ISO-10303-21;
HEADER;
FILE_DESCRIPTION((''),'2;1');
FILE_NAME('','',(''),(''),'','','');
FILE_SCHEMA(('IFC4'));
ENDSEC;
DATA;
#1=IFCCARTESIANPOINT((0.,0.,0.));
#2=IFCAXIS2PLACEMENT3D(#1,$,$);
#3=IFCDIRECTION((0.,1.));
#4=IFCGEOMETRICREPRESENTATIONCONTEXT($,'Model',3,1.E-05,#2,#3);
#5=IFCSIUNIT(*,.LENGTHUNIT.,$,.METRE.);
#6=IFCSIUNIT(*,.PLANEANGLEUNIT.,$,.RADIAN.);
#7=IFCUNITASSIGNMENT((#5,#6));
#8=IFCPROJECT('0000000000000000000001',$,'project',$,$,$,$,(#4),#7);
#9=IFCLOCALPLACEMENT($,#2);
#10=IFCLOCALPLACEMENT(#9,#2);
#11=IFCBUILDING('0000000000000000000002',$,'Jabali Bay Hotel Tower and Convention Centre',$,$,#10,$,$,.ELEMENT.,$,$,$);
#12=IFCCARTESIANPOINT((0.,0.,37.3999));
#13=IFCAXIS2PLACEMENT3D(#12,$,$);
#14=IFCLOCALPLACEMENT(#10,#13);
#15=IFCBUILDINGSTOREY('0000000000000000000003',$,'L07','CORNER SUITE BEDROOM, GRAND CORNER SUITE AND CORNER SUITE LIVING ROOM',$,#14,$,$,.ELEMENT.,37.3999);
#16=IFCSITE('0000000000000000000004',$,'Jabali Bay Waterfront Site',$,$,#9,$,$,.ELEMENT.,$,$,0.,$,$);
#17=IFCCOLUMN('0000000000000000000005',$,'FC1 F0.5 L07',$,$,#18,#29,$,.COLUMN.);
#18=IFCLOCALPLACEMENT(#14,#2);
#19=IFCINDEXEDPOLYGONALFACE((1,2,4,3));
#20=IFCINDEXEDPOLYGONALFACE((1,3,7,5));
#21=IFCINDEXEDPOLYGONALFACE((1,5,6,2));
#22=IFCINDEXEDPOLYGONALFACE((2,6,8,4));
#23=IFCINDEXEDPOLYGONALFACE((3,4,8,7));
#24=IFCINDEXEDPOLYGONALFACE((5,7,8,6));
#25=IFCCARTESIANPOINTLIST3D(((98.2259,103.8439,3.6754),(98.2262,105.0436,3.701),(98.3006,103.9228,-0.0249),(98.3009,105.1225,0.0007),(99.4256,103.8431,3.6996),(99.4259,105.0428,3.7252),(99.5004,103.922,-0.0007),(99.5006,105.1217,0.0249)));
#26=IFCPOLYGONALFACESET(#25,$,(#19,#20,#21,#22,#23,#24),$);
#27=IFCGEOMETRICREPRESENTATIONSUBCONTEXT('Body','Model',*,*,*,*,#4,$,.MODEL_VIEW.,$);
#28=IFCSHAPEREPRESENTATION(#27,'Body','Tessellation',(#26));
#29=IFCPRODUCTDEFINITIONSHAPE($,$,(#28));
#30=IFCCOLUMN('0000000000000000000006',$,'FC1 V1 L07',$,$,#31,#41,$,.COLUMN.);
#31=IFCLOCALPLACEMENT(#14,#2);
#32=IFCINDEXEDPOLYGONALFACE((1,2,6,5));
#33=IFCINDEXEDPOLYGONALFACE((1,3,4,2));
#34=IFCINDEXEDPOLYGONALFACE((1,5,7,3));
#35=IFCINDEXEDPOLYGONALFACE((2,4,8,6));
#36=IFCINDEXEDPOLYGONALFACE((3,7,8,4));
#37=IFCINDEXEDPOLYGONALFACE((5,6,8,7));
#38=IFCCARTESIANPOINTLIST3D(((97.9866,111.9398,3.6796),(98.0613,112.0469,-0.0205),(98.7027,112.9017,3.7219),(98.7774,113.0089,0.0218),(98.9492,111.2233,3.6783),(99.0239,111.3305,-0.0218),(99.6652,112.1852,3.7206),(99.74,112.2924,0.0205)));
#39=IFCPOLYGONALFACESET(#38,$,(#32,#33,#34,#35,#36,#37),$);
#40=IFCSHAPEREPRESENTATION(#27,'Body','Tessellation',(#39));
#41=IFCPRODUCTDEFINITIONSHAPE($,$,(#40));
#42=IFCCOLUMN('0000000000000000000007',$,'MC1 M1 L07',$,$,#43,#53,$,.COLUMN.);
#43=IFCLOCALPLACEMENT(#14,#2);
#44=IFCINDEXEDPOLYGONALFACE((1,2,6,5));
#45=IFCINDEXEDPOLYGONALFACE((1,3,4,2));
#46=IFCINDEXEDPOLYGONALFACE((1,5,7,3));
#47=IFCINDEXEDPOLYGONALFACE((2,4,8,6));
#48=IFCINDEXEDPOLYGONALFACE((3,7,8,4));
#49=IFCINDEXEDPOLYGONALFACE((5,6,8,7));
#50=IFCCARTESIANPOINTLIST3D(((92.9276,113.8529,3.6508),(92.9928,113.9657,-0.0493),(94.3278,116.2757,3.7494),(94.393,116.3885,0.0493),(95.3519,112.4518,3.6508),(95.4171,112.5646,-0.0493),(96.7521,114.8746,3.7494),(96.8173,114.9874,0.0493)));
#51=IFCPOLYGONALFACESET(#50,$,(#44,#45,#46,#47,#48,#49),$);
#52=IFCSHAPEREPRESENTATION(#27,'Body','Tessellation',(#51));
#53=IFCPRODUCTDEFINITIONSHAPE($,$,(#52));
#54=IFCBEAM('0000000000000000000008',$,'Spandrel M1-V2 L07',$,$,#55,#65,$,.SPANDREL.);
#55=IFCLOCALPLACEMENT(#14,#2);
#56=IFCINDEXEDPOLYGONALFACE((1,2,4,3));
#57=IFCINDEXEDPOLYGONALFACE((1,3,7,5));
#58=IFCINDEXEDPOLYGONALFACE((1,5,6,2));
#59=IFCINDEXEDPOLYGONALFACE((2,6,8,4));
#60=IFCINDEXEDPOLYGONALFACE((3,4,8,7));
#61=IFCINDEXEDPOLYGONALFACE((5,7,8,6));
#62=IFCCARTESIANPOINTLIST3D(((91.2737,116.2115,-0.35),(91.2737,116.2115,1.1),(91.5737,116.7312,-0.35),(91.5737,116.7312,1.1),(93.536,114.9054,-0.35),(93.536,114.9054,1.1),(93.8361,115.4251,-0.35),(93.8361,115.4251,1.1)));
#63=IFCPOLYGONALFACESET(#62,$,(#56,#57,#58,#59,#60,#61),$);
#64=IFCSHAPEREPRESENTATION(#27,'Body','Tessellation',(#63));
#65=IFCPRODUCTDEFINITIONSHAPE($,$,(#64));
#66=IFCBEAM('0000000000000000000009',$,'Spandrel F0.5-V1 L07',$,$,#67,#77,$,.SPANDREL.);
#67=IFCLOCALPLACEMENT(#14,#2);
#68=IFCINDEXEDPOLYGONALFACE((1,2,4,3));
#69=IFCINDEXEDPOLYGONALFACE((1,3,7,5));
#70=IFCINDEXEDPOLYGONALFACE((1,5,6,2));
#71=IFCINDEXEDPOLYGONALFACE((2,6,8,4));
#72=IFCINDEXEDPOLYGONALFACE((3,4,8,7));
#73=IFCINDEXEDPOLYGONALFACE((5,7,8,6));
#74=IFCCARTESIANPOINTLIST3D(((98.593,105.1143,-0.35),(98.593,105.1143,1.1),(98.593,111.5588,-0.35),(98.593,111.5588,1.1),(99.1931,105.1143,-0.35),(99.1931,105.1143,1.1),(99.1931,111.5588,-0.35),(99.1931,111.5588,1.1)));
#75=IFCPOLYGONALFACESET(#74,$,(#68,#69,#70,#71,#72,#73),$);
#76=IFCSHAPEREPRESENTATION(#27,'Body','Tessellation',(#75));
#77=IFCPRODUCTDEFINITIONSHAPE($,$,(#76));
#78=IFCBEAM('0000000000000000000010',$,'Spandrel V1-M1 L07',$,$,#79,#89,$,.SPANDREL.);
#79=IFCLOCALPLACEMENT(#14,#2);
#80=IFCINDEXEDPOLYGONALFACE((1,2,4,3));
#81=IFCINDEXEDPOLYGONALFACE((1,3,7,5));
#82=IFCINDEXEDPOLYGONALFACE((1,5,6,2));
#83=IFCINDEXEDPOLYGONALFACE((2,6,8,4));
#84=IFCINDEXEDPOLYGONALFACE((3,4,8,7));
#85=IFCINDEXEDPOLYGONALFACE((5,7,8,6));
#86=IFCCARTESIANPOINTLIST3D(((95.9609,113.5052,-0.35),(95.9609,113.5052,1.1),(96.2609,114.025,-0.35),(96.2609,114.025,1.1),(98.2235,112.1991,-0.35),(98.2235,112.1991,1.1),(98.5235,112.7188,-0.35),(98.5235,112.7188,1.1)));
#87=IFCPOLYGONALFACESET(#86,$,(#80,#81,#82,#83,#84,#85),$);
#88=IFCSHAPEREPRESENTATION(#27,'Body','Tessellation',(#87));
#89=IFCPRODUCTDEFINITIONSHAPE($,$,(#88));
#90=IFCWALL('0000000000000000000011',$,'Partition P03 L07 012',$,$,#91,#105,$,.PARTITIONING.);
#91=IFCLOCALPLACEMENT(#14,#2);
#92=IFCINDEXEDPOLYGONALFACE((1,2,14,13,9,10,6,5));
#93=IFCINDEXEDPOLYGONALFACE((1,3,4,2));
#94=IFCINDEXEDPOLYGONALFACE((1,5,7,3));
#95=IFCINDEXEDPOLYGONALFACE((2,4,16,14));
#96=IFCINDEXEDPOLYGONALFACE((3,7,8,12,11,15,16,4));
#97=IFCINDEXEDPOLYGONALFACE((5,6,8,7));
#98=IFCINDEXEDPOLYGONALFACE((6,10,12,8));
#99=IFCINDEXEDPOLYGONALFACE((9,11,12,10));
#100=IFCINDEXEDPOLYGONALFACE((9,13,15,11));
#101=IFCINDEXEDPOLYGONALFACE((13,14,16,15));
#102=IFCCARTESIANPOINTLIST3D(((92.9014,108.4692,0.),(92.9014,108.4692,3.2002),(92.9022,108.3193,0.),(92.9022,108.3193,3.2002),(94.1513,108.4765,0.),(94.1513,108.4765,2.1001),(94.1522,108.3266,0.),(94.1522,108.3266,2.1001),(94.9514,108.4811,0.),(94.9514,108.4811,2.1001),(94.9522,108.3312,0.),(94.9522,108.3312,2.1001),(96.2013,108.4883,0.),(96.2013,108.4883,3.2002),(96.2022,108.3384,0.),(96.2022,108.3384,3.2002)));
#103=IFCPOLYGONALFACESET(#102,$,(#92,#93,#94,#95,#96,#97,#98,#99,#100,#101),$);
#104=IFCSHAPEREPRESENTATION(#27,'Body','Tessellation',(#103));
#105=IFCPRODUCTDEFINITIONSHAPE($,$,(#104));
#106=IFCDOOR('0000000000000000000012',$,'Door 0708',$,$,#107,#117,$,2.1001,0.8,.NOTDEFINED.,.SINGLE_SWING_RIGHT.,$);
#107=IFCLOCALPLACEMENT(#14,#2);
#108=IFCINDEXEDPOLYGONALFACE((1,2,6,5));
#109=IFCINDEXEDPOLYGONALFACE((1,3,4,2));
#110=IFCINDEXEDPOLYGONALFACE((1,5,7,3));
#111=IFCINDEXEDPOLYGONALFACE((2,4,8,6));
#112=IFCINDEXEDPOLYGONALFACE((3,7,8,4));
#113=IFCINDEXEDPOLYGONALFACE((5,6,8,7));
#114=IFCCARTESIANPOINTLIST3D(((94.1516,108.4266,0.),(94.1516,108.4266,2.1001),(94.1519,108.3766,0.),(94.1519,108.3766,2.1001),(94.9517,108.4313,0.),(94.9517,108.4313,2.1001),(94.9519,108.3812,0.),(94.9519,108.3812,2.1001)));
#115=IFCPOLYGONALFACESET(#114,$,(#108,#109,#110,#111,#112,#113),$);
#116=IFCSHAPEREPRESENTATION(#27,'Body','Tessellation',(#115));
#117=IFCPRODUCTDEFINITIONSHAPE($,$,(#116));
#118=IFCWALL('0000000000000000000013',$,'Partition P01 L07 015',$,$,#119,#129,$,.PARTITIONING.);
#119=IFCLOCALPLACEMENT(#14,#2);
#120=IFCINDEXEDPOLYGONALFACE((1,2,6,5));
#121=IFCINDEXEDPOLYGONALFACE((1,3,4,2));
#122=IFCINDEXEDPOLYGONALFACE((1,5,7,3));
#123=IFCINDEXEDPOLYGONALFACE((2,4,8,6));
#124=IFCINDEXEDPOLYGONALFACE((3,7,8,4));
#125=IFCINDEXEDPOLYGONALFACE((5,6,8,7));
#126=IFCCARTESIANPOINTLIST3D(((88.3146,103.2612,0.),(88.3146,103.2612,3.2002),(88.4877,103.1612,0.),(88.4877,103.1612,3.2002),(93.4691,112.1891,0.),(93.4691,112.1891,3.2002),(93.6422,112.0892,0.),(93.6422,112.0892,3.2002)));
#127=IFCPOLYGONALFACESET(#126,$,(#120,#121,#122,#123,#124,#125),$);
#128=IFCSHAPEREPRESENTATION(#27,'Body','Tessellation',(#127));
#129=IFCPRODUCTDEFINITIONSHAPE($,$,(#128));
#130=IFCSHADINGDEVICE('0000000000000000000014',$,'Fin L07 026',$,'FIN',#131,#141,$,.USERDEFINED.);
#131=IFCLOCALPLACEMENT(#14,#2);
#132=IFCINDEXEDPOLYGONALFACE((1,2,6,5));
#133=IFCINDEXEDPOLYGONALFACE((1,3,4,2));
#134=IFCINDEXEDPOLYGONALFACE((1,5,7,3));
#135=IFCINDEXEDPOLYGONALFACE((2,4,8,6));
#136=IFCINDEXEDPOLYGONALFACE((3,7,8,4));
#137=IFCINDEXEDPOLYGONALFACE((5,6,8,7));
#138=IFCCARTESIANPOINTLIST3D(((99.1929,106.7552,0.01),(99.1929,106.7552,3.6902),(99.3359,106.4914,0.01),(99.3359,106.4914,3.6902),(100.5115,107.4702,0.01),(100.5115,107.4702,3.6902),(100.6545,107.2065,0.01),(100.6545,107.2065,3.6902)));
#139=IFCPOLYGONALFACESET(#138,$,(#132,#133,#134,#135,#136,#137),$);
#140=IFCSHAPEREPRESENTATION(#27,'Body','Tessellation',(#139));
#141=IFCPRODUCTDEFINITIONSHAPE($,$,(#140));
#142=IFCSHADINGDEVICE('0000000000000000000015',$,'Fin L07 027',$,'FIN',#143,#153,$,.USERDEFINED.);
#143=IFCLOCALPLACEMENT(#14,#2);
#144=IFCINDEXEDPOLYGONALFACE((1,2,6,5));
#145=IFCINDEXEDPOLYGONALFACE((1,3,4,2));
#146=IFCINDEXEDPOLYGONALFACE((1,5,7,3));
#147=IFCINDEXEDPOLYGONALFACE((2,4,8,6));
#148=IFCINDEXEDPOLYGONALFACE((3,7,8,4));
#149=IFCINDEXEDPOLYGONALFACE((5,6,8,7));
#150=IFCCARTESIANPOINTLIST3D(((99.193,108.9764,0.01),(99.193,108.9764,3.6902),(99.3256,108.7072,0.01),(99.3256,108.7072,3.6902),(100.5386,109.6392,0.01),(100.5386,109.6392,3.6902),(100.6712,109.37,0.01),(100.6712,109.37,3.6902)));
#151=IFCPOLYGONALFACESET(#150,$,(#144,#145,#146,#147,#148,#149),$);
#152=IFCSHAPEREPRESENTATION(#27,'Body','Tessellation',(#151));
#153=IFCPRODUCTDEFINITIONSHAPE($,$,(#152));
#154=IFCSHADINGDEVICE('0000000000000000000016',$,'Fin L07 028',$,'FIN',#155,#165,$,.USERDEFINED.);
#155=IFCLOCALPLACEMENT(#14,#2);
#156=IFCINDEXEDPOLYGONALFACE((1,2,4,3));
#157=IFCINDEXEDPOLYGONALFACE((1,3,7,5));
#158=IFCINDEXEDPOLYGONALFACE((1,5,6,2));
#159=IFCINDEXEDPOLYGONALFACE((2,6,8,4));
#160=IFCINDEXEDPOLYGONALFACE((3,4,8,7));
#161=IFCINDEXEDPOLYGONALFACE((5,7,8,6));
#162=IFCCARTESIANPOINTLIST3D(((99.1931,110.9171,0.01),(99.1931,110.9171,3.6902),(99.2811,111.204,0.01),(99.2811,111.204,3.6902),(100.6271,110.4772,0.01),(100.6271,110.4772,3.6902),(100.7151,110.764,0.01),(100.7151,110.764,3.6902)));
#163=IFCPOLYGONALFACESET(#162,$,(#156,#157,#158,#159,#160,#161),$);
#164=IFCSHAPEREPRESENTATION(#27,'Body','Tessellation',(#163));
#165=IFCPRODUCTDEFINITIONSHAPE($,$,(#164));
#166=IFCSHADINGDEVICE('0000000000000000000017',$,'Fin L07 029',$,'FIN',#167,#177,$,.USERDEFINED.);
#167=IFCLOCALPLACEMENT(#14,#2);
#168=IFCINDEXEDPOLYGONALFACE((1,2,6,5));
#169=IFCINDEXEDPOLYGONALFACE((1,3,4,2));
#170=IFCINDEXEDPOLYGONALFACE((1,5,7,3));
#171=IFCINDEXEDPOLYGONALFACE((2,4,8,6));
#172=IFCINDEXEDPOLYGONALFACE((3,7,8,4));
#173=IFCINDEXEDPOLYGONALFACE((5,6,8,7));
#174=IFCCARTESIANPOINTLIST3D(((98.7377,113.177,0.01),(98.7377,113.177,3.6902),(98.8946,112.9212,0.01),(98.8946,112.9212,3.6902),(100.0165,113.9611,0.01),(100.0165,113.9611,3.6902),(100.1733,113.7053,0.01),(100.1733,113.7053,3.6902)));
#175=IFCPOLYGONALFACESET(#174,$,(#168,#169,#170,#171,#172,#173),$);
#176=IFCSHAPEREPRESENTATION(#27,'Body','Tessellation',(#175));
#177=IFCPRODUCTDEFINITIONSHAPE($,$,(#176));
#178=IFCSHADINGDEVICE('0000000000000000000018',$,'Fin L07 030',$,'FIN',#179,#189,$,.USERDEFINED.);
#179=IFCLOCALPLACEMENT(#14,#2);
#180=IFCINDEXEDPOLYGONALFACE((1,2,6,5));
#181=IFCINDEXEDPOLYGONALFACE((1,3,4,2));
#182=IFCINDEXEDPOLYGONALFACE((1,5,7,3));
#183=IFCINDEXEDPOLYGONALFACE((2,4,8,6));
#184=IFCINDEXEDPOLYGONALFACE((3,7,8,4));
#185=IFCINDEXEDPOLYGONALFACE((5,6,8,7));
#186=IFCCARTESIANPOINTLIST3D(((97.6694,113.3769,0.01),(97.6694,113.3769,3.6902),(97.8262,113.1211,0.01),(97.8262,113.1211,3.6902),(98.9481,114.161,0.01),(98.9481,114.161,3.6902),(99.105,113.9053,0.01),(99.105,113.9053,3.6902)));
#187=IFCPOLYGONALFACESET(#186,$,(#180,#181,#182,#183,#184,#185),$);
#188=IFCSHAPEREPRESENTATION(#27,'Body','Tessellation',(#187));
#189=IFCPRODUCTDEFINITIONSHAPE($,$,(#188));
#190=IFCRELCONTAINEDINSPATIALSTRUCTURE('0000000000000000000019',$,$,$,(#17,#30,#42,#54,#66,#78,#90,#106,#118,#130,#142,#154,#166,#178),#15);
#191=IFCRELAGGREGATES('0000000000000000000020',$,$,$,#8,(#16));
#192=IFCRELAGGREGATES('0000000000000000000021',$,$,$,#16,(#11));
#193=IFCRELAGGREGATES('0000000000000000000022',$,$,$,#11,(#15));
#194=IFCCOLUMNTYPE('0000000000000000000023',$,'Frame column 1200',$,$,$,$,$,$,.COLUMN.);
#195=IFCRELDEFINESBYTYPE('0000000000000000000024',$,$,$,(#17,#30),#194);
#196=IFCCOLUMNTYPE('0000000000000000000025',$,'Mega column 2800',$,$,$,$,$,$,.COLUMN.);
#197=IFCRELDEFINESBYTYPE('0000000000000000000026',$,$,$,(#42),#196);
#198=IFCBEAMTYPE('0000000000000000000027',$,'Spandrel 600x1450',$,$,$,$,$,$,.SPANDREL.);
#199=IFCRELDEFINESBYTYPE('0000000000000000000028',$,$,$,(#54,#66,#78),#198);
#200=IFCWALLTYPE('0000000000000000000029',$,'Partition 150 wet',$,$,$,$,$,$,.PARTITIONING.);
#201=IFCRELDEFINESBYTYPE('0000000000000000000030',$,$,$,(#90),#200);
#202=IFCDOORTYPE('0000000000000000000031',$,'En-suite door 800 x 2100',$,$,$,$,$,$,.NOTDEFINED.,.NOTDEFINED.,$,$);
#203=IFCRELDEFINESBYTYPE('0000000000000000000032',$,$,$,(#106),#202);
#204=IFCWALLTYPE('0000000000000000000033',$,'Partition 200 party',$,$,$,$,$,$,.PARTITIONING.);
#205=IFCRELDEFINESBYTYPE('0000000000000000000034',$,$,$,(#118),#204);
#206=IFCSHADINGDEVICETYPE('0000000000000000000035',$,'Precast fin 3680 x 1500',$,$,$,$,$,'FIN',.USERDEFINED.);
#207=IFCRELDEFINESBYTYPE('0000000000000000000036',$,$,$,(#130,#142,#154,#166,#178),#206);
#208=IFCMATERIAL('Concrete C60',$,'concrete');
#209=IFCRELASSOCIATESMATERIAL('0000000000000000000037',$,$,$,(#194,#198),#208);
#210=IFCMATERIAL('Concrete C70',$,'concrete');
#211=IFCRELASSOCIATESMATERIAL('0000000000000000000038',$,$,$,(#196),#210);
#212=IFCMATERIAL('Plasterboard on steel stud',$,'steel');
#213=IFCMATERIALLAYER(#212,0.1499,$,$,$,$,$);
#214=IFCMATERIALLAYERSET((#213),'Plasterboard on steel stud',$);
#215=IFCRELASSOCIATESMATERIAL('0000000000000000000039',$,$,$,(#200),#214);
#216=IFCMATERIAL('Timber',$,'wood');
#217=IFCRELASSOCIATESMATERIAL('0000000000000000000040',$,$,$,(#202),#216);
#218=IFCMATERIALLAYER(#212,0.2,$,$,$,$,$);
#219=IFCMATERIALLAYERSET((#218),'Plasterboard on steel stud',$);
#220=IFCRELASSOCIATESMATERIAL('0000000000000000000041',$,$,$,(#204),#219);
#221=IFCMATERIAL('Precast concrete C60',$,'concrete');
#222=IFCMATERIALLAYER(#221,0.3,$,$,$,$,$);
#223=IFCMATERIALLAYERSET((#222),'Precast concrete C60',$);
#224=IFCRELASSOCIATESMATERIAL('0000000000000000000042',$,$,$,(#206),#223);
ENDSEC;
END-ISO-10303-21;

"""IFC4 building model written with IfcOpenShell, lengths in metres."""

from ifc_helpers import new_model, si_unit, direction, frame, frame_2d, origin, origin_2d, place, context, subcontext, project, spatial, rectangle, extrude, material, layer, layer_set, material_profile, profile_set, type_object, element, fill, save


model = new_model("IFC4")

# Units and contexts
model_context = context("Model", 3, precision=1e-05, world=origin(), true_north=direction((0.0, 1.0)))
body_context = subcontext(model_context, "Body", "Model", "MODEL_VIEW")
ifc_project = project(units=[si_unit("LENGTHUNIT", "METRE"), si_unit("PLANEANGLEUNIT", "RADIAN")], contexts=[model_context])

# Site, building, storey
site_placement = place(None, origin())
site = spatial("IfcSite", under=ifc_project, at=site_placement, Name="Jabali Bay Waterfront Site", CompositionType="ELEMENT", RefElevation=0.0)
building_placement = place(site_placement, origin())
building = spatial("IfcBuilding", under=site, at=building_placement, Name="Jabali Bay Hotel Tower and Convention Centre", CompositionType="ELEMENT")
storey_placement = place(building_placement, frame((0.0, 0.0, 37.3999)))
storey = spatial("IfcBuildingStorey", under=building, at=storey_placement, Name="L07", Description="CORNER SUITE BEDROOM, GRAND CORNER SUITE AND CORNER SUITE LIVING ROOM", CompositionType="ELEMENT", Elevation=37.3999)

# Columns
ifc_material_1 = material(Name="Concrete C60", Category="concrete")
ifc_material_profile_1 = material_profile(ifc_material_1, rectangle(XDim=1.2, YDim=1.2, at=origin_2d()), Name="Frame column 1200")
ifc_profile_set_1 = profile_set([ifc_material_profile_1], Name="Concrete C60")
column_type_1 = type_object("IfcColumnType", Name="Frame column 1200", PredefinedType="COLUMN", material=ifc_profile_set_1)
column_1_placement = place(storey_placement, frame((98.9006, 104.5222, 0.0), z_axis=(-0.020181, -0.021303, 0.999569), x_axis=(0.999796, -0.000658, 0.020172)))
element("IfcColumn", 1, at=column_1_placement, inside=storey, type_object=column_type_1, Name="FC1 F0.5 L07", PredefinedType="COLUMN", context=body_context, shape_type="SweptSolid", body=[
    extrude(rectangle(XDim=1.2, YDim=1.2, at=origin_2d()), origin(), (0.0, 0.0, 1.0), 3.7019),
])
column_2_placement = place(storey_placement, frame((98.9006, 112.1697, 0.0), z_axis=(-0.020177, -0.028947, 0.999377), x_axis=(0.596746, 0.801655, 0.035269)))
element("IfcColumn", 2, at=column_2_placement, inside=storey, type_object=column_type_1, Name="FC1 V1 L07", PredefinedType="COLUMN", context=body_context, shape_type="SweptSolid", body=[
    extrude(rectangle(XDim=1.2, YDim=1.2, at=origin_2d()), origin(), (0.0, 0.0, 1.0), 3.7024),
])
ifc_material_2 = material(Name="Concrete C70", Category="concrete")
ifc_material_profile_2 = material_profile(ifc_material_2, rectangle(XDim=2.8, YDim=2.8, at=origin_2d()), Name="Mega column 2800")
ifc_profile_set_2 = profile_set([ifc_material_profile_2], Name="Concrete C70")
column_type_2 = type_object("IfcColumnType", Name="Mega column 2800", PredefinedType="COLUMN", material=ifc_profile_set_2)
column_3_placement = place(storey_placement, frame((94.905, 114.4766, 0.0), z_axis=(-0.017606, -0.030464, 0.999381), x_axis=(0.865811, -0.500371, 0.0)))
element("IfcColumn", 3, at=column_3_placement, inside=storey, type_object=column_type_2, Name="MC1 M1 L07", PredefinedType="COLUMN", context=body_context, shape_type="SweptSolid", body=[
    extrude(rectangle(XDim=2.8, YDim=2.8, at=origin_2d()), origin(), (0.0, 0.0, 1.0), 3.7024),
])

# Beams
ifc_material_profile_3 = material_profile(ifc_material_1, rectangle(XDim=0.6001, YDim=1.45, at=origin_2d()), Name="Spandrel 600x1450")
ifc_profile_set_3 = profile_set([ifc_material_profile_3], Name="Concrete C60")
beam_type = type_object("IfcBeamType", Name="Spandrel 600x1450", PredefinedType="SPANDREL", material=ifc_profile_set_3)
beam_1_placement = place(storey_placement, frame((93.686, 115.1653, 0.375), z_axis=(-0.866038, 0.499979, 0.0), x_axis=(-0.499979, -0.866038, 0.0)))
element("IfcBeam", 4, at=beam_1_placement, inside=storey, type_object=beam_type, Name="Spandrel M1-V2 L07", PredefinedType="SPANDREL", context=body_context, shape_type="SweptSolid", body=[
    extrude(rectangle(XDim=0.6001, YDim=1.45, at=origin_2d()), origin(), (0.0, 0.0, 1.0), 2.6123),
])
beam_2_placement = place(storey_placement, frame((98.8931, 105.1143, 0.375), z_axis=(0.0, 1.0, 0.0), x_axis=(-1.0, 0.0, 0.0)))
element("IfcBeam", 5, at=beam_2_placement, inside=storey, type_object=beam_type, Name="Spandrel F0.5-V1 L07", PredefinedType="SPANDREL", context=body_context, shape_type="SweptSolid", body=[
    extrude(rectangle(XDim=0.6001, YDim=1.45, at=origin_2d()), origin(), (0.0, 0.0, 1.0), 6.4446),
])
beam_3_placement = place(storey_placement, frame((98.3735, 112.459, 0.375), z_axis=(-0.866061, 0.499938, 0.0), x_axis=(-0.499938, -0.866061, 0.0)))
element("IfcBeam", 6, at=beam_3_placement, inside=storey, type_object=beam_type, Name="Spandrel V1-M1 L07", PredefinedType="SPANDREL", context=body_context, shape_type="SweptSolid", body=[
    extrude(rectangle(XDim=0.6001, YDim=1.45, at=origin_2d()), origin(), (0.0, 0.0, 1.0), 2.6125),
])

# Wall, opening, door
ifc_material_3 = material(Name="Plasterboard on steel stud", Category="steel")
ifc_layer_1 = layer(ifc_material_3, 0.1499)
ifc_layer_set_1 = layer_set([ifc_layer_1], Name="Plasterboard on steel stud")
wall_type_1 = type_object("IfcWallType", Name="Partition 150 wet", PredefinedType="PARTITIONING", material=ifc_layer_set_1)
wall_1_placement = place(storey_placement, frame((96.2017, 108.4133, 0.0), z_axis=(0.0, 0.0, 1.0), x_axis=(-0.999983, -0.00577, 0.0)))
wall_1 = element("IfcWall", 7, at=wall_1_placement, inside=storey, type_object=wall_type_1, Name="Partition P03 L07 012", PredefinedType="PARTITIONING", context=body_context, shape_type="SweptSolid", body=[
    extrude(rectangle(XDim=3.3, YDim=0.1499, at=frame_2d((1.6499, 0.0))), origin(), (0.0, 0.0, 1.0), 3.2002),
])
opening_1_placement = place(wall_1_placement, frame((1.25, 0.0, 0.0)))
opening_1 = element("IfcOpeningElement", 8, at=opening_1_placement, cuts=wall_1, PredefinedType="OPENING", context=body_context, shape_type="SweptSolid", body=[
    extrude(rectangle(XDim=0.8, YDim=2.1001, at=frame_2d((0.3999, 1.05))), frame((0.0, 0.0854, 0.0), z_axis=(0.0, -1.0, 0.0), x_axis=(1.0, 0.0, 0.0)), (0.0, 0.0, 1.0), 0.1709),
])
ifc_material_4 = material(Name="Timber", Category="wood")
door_type_1 = type_object("IfcDoorType", Name="En-suite door 800 x 2100", OperationType="NOTDEFINED", PredefinedType="NOTDEFINED", material=ifc_material_4)
door_1_placement = place(opening_1_placement, origin())
door_1 = element("IfcDoor", 9, at=door_1_placement, inside=storey, type_object=door_type_1, Name="Door 0708", OperationType="SINGLE_SWING_RIGHT", OverallHeight=2.1001, OverallWidth=0.8, PredefinedType="NOTDEFINED", context=body_context, shape_type="SweptSolid", body=[
    extrude(rectangle(XDim=0.8, YDim=2.1001, at=frame_2d((0.3999, 1.05))), frame((0.0, 0.0249, 0.0), z_axis=(0.0, -1.0, 0.0), x_axis=(1.0, 0.0, 0.0)), (0.0, 0.0, 1.0), 0.05),
])
fill(opening_1, door_1)

# Wall
ifc_layer_2 = layer(ifc_material_3, 0.2)
ifc_layer_set_2 = layer_set([ifc_layer_2], Name="Plasterboard on steel stud")
wall_type_2 = type_object("IfcWallType", Name="Partition 200 party", PredefinedType="PARTITIONING", material=ifc_layer_set_2)
wall_2_placement = place(storey_placement, frame((93.5557, 112.1392, 0.0), z_axis=(0.0, 0.0, 1.0), x_axis=(-0.499998, -0.866027, 0.0)))
element("IfcWall", 10, at=wall_2_placement, inside=storey, type_object=wall_type_2, Name="Partition P01 L07 015", PredefinedType="PARTITIONING", context=body_context, shape_type="SweptSolid", body=[
    extrude(rectangle(XDim=10.3091, YDim=0.2, at=frame_2d((5.1545, 0.0))), origin(), (0.0, 0.0, 1.0), 3.2002),
])

# Shading devices
ifc_material_5 = material(Name="Precast concrete C60", Category="concrete")
ifc_layer_3 = layer(ifc_material_5, 0.3)
ifc_layer_set_3 = layer_set([ifc_layer_3], Name="Precast concrete C60")
shading_device_type = type_object("IfcShadingDeviceType", Name="Precast fin 3680 x 1500", ElementType="FIN", PredefinedType="USERDEFINED", material=ifc_layer_set_3)
for number, where, z_axis, x_axis, name in (
    (11, (99.2644, 106.6233, 0.01), (0.0, 0.0, 1.0), (0.879056, 0.476718, 0.0), "Fin L07 026"),
    (12, (99.2593, 108.8418, 0.01), (0.0, 0.0, 1.0), (0.89708, 0.441867, 0.0), "Fin L07 027"),
    (13, (99.2371, 111.0605, 0.01), (0.0, 0.0, 1.0), (0.956025, -0.293285, 0.0), "Fin L07 028"),
    (14, (98.8162, 113.0491, 0.01), (0.0, 0.0, 1.0), (0.852484, 0.522753, 0.0), "Fin L07 029"),
    (15, (97.7478, 113.249, 0.01), (0.0, 0.0, 1.0), (0.852484, 0.522753, 0.0), "Fin L07 030"),
):
    element("IfcShadingDevice", number, at=place(storey_placement, frame(where, z_axis=z_axis, x_axis=x_axis)), inside=storey, type_object=shading_device_type, Name=name, ObjectType="FIN", PredefinedType="USERDEFINED", context=body_context, shape_type="SweptSolid", body=[
        extrude(rectangle(XDim=1.5, YDim=0.3, at=frame_2d((0.75, 0.0))), origin(), (0.0, 0.0, 1.0), 3.6802),
    ])

save(model, "model.ifc")
